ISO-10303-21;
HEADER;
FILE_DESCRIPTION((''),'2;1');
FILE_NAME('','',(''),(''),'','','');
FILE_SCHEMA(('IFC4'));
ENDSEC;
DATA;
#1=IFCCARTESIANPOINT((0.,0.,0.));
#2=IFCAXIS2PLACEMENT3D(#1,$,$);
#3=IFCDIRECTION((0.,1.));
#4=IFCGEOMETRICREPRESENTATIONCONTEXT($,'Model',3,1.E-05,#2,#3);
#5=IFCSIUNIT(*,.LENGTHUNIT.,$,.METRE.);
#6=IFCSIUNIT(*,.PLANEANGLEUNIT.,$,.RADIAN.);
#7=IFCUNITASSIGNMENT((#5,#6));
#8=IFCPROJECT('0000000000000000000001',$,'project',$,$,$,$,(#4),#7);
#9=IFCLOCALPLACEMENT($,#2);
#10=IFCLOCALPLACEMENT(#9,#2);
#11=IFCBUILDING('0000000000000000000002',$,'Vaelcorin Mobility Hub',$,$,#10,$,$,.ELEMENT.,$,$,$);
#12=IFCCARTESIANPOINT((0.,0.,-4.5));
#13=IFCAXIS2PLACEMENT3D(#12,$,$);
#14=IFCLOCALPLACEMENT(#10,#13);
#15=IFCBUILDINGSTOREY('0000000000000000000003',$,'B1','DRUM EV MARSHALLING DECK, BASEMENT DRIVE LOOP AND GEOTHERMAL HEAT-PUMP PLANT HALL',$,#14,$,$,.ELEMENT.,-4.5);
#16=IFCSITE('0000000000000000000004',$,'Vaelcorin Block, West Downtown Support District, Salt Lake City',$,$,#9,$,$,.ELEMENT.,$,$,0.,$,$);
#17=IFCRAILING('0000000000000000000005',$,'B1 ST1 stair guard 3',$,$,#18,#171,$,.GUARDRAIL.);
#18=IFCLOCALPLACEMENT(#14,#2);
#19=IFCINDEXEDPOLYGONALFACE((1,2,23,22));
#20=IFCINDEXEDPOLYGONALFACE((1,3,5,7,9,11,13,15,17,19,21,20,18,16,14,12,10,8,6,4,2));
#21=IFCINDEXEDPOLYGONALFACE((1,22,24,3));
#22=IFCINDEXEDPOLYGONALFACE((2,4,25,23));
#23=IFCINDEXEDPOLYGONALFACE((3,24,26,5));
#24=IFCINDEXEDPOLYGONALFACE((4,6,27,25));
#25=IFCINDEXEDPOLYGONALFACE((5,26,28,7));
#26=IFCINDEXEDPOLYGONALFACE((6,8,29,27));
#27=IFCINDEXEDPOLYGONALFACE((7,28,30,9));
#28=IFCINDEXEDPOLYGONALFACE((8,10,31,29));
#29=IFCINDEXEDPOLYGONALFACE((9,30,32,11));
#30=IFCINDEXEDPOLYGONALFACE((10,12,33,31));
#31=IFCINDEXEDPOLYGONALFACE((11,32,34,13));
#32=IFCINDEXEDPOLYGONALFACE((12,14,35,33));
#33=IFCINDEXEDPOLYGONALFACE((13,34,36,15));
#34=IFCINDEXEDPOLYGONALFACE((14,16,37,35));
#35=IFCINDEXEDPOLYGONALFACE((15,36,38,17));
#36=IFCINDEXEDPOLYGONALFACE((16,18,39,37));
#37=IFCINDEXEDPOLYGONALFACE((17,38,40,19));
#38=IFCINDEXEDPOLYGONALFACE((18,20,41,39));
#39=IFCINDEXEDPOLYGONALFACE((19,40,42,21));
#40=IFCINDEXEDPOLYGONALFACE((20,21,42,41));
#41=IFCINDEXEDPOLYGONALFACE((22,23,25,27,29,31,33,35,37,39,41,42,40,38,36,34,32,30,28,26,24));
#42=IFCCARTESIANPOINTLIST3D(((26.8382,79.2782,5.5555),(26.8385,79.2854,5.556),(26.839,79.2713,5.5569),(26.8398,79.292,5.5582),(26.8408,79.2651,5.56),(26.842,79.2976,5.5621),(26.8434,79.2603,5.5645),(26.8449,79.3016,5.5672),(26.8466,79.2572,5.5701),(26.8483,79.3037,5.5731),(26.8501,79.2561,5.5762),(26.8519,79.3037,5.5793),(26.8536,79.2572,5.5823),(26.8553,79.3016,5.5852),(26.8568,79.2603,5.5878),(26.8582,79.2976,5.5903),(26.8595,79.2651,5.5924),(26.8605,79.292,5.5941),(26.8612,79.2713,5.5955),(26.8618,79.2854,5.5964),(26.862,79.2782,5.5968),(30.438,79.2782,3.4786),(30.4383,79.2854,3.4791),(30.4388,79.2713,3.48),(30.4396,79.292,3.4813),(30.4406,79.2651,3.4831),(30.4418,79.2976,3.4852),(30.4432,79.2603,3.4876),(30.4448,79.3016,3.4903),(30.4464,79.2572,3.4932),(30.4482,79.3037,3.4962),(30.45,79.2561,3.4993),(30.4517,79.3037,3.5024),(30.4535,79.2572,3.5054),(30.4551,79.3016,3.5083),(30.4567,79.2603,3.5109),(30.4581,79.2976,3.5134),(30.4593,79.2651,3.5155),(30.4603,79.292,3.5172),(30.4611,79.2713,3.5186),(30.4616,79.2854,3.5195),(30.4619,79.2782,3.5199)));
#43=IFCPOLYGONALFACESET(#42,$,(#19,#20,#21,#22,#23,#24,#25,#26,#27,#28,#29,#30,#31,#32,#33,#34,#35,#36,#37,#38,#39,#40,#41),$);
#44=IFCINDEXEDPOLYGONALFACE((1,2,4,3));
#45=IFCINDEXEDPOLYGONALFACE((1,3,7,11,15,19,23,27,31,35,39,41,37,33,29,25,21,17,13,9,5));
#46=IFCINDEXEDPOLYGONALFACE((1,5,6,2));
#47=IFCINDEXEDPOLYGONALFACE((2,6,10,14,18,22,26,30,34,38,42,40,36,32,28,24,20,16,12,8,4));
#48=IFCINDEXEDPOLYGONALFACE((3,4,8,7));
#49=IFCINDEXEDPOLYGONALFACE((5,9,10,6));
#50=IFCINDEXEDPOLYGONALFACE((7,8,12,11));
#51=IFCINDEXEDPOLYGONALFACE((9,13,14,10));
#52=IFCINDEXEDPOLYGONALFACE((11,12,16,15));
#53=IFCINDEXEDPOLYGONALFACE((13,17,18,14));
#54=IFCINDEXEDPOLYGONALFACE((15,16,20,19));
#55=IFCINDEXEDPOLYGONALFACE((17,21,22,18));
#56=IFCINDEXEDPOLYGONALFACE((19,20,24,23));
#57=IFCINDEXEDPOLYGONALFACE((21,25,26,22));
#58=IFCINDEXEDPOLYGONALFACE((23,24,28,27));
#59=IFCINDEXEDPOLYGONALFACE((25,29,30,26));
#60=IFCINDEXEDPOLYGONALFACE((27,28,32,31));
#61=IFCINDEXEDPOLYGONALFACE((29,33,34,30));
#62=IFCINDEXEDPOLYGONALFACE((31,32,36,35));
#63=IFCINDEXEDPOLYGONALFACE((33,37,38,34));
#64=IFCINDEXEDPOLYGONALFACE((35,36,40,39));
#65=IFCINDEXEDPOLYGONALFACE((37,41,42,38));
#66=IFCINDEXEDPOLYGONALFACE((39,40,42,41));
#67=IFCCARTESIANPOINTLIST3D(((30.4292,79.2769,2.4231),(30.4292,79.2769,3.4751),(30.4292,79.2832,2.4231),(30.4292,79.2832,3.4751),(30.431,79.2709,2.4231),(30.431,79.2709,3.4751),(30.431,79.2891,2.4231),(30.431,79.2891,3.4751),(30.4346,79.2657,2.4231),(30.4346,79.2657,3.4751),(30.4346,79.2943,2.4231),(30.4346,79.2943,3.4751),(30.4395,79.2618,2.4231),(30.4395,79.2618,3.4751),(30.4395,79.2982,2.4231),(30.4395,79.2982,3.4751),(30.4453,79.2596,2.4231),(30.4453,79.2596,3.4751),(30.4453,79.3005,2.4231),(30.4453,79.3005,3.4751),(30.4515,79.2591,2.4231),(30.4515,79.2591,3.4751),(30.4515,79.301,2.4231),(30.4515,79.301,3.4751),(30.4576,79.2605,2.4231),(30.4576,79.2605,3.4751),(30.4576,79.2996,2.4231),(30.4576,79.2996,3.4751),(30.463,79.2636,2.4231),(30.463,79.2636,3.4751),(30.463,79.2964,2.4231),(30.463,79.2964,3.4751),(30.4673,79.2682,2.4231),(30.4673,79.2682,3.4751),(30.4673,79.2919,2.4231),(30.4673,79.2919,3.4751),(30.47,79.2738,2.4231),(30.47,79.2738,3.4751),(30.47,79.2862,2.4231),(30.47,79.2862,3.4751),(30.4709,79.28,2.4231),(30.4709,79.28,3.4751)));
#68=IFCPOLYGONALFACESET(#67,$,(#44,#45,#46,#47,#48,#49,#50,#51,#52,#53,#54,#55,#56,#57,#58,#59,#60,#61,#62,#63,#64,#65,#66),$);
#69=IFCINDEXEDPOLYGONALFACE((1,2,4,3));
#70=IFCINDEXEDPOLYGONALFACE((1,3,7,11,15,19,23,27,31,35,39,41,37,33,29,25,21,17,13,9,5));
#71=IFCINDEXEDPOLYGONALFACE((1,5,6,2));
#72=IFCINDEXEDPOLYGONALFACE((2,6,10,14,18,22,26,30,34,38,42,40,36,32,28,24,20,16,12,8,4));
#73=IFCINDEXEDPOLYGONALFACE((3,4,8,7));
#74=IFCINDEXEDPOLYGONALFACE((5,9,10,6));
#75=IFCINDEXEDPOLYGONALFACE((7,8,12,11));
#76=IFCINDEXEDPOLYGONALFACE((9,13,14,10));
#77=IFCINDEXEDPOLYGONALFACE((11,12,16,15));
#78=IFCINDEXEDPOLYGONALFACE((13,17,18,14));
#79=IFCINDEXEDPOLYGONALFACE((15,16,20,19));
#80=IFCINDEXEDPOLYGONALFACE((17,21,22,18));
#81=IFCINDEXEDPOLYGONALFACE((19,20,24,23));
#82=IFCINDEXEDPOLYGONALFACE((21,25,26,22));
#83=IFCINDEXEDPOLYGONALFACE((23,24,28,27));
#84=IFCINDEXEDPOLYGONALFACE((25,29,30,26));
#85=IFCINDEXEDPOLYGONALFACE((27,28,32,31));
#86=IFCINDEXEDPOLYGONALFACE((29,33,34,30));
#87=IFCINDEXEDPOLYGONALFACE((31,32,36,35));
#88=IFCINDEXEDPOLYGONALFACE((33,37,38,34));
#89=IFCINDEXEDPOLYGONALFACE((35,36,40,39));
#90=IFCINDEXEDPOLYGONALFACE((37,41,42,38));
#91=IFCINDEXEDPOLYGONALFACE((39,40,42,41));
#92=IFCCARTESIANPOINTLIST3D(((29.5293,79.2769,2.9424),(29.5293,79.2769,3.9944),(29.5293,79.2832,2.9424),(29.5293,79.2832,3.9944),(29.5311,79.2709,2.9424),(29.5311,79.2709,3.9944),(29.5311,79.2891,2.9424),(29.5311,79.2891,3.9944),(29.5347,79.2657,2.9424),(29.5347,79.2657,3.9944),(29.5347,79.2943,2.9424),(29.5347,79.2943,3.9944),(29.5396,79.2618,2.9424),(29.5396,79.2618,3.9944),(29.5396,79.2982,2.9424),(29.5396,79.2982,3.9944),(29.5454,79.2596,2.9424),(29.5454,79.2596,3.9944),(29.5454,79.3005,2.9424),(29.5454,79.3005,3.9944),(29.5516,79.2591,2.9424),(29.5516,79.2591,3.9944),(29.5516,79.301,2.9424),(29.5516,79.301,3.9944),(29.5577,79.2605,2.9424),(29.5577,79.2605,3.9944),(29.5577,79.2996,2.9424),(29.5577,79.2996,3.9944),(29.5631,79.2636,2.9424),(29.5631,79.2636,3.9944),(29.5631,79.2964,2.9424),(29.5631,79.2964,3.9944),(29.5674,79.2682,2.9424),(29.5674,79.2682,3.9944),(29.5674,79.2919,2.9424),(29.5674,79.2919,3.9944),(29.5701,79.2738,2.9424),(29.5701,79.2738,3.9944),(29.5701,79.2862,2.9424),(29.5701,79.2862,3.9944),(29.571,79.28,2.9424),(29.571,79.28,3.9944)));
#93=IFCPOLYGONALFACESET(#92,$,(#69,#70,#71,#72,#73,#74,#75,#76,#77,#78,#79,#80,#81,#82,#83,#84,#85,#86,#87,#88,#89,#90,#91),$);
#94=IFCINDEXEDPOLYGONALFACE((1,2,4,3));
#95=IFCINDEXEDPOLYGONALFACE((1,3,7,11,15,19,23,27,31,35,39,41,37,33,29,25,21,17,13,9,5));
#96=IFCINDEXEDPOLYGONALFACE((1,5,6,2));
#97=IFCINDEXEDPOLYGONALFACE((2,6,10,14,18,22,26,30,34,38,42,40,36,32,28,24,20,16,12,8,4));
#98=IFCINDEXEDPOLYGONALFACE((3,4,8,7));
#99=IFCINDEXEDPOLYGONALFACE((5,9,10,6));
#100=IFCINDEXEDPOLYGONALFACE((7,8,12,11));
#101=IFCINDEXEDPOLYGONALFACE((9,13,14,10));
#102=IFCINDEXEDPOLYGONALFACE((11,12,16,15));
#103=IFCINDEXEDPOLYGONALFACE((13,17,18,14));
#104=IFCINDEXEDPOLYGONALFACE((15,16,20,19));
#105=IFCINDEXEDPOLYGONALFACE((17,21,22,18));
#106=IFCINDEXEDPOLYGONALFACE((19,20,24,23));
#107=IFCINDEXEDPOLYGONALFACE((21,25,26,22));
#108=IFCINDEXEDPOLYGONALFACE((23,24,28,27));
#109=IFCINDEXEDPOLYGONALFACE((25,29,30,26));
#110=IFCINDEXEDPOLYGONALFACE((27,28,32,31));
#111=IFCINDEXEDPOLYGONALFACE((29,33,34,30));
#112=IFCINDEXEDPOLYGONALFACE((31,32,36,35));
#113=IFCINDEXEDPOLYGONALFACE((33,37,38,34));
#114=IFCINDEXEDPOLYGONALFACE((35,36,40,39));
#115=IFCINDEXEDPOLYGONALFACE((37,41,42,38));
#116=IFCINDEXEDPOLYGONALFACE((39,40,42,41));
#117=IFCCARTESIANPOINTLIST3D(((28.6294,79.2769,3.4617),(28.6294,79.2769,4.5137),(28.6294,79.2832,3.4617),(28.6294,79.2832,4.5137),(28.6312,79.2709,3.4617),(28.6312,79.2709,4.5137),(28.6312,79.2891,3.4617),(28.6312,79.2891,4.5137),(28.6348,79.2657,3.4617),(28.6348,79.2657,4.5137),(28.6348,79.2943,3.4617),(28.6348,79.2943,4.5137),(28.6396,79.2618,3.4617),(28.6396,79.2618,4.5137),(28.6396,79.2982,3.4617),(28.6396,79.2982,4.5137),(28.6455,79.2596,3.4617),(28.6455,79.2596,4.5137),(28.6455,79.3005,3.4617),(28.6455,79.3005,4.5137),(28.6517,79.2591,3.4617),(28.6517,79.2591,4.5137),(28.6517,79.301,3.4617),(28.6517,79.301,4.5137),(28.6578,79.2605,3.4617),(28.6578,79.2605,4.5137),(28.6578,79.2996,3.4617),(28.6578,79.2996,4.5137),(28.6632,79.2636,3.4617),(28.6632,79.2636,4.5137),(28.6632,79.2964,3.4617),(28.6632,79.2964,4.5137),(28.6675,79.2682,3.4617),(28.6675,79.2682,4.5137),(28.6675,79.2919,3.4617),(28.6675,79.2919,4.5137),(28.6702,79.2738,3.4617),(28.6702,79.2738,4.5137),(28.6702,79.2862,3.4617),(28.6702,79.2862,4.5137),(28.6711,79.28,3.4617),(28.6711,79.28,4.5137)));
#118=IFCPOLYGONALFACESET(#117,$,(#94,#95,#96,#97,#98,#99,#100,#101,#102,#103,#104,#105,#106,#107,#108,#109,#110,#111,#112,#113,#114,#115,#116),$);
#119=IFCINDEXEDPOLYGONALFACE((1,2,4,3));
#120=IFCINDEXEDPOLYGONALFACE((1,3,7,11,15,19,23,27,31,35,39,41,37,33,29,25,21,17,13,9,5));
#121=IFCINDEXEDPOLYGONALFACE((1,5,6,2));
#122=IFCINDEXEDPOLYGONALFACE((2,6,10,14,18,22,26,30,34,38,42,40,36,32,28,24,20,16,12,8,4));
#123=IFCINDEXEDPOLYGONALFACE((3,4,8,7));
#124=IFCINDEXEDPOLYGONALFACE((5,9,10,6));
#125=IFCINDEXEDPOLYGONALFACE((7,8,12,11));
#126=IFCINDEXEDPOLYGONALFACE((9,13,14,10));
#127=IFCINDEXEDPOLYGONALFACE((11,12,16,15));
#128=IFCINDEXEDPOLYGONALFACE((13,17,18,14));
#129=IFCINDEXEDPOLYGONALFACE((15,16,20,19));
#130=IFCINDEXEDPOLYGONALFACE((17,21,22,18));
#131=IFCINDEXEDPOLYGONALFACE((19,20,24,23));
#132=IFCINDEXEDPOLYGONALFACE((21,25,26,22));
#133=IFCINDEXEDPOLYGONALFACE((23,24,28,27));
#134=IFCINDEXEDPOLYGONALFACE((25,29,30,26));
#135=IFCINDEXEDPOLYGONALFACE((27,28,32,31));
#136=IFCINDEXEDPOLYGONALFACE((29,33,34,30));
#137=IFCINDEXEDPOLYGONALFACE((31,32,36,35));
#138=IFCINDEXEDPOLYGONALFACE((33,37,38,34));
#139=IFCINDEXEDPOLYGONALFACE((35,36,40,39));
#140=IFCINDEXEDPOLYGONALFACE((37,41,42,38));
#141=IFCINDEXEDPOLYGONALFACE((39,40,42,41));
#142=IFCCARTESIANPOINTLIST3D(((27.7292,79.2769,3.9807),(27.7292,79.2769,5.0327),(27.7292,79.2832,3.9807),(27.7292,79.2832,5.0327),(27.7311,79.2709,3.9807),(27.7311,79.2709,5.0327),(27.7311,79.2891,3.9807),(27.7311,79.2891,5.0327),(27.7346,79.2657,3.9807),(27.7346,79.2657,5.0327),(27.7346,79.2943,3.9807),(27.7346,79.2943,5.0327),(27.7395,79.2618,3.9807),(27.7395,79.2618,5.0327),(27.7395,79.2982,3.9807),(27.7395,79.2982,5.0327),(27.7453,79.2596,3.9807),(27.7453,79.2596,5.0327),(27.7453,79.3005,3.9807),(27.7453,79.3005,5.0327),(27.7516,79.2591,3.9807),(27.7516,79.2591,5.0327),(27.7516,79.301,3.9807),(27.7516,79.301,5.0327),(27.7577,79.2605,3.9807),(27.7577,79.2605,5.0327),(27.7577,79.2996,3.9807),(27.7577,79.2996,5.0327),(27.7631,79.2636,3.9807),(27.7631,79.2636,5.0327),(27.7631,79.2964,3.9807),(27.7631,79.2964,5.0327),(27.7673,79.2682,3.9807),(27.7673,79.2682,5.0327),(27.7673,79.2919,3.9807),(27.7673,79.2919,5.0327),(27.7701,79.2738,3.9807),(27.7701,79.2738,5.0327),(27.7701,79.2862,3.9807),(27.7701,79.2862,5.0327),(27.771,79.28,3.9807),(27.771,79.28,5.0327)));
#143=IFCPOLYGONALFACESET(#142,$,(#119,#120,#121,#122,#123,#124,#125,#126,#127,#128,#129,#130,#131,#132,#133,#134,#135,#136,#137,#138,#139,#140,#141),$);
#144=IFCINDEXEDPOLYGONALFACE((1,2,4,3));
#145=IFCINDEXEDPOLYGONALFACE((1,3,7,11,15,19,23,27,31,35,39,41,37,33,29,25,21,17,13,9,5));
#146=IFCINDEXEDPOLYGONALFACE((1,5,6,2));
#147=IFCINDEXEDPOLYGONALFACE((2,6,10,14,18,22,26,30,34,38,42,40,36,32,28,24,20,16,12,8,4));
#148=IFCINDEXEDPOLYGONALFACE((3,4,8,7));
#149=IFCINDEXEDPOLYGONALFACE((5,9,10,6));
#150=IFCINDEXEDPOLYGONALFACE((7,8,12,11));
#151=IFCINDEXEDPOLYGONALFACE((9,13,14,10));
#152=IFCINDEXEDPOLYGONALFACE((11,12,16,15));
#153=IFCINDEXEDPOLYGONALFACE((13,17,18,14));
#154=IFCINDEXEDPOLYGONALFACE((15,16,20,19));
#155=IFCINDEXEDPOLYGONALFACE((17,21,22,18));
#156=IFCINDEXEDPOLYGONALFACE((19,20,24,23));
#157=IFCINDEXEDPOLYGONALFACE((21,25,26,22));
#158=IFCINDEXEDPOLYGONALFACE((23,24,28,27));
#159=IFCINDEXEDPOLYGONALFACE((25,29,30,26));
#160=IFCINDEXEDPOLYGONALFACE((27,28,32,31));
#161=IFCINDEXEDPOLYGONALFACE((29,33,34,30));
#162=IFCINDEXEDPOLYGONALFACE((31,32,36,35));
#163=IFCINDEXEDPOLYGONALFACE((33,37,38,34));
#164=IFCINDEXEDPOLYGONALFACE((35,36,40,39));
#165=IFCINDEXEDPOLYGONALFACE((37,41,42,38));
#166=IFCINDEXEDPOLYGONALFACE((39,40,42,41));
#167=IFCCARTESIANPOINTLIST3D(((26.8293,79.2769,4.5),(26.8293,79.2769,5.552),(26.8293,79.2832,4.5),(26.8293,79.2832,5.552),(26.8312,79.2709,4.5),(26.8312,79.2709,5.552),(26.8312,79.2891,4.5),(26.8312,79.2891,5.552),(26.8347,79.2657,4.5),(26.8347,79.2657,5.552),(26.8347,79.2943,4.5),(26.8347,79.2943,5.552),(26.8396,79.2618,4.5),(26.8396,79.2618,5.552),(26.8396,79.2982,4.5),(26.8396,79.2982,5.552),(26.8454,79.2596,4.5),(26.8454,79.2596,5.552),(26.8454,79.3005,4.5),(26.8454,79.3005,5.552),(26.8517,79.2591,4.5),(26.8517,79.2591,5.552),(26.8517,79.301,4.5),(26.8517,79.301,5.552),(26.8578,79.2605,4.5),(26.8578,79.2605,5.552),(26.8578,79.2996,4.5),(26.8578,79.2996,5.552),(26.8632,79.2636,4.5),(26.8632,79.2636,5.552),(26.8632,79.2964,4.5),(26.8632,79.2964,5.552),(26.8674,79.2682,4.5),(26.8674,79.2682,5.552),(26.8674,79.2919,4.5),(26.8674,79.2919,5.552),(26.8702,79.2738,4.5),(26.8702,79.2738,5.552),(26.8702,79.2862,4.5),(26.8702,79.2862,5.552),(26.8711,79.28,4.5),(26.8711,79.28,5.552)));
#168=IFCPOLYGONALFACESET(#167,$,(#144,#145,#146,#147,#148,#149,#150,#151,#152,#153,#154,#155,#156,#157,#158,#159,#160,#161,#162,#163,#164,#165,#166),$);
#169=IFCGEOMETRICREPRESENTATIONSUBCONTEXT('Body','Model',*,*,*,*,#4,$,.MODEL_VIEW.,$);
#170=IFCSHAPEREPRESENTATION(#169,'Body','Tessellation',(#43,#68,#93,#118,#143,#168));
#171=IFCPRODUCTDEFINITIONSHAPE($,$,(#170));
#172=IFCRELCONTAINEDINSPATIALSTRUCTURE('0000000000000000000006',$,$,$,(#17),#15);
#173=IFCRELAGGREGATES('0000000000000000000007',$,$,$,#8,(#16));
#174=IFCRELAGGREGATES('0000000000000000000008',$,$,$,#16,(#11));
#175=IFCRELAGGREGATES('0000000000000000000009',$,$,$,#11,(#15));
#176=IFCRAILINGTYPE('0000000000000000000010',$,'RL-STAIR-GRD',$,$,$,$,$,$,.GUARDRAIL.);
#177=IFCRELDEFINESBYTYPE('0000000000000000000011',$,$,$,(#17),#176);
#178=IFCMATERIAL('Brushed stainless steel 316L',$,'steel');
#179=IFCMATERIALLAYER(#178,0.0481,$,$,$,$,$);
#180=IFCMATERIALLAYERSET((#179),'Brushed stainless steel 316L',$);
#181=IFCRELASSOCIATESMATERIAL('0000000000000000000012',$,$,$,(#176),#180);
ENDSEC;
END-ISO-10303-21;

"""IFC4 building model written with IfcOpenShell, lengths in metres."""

from ifc_helpers import new_model, si_unit, direction, frame, origin, origin_2d, place, context, subcontext, project, spatial, circle, extrude, material, layer, layer_set, type_object, element, save


model = new_model("IFC4")

# Units and contexts
model_context = context("Model", 3, precision=1e-05, world=origin(), true_north=direction((0.0, 1.0)))
body_context = subcontext(model_context, "Body", "Model", "MODEL_VIEW")
ifc_project = project(units=[si_unit("LENGTHUNIT", "METRE"), si_unit("PLANEANGLEUNIT", "RADIAN")], contexts=[model_context])

# Site, building, storey
site_placement = place(None, origin())
site = spatial("IfcSite", under=ifc_project, at=site_placement, Name="Vaelcorin Block, West Downtown Support District, Salt Lake City", CompositionType="ELEMENT", RefElevation=0.0)
building_placement = place(site_placement, origin())
building = spatial("IfcBuilding", under=site, at=building_placement, Name="Vaelcorin Mobility Hub", CompositionType="ELEMENT")
storey_placement = place(building_placement, frame((0.0, 0.0, -4.5)))
storey = spatial("IfcBuildingStorey", under=building, at=storey_placement, Name="B1", Description="DRUM EV MARSHALLING DECK, BASEMENT DRIVE LOOP AND GEOTHERMAL HEAT-PUMP PLANT HALL", CompositionType="ELEMENT", Elevation=-4.5)

# Railing
ifc_material_1 = material(Name="Brushed stainless steel 316L", Category="steel")
ifc_layer_1 = layer(ifc_material_1, 0.0481)
ifc_layer_set_1 = layer_set([ifc_layer_1], Name="Brushed stainless steel 316L")
railing_type_1 = type_object("IfcRailingType", Name="RL-STAIR-GRD", PredefinedType="GUARDRAIL", material=ifc_layer_set_1)
railing_1_placement = place(storey_placement, frame((30.45, 79.28, 2.4231)))
element("IfcRailing", 1, at=railing_1_placement, inside=storey, type_object=railing_type_1, Name="B1 ST1 stair guard 3", PredefinedType="GUARDRAIL", context=body_context, shape_type="SweptSolid", body=[
    extrude(circle(Radius=0.0239, at=origin_2d()), frame((0.0, 0.0, 1.0762), z_axis=(-0.866179, 0.0, 0.499734), x_axis=(0.0, -1.0, 0.0)), (0.0, 0.0, 1.0), 4.156),
    extrude(circle(Radius=0.021, at=origin_2d()), origin(), (0.0, 0.0, 1.0), 1.052),
    extrude(circle(Radius=0.021, at=origin_2d()), frame((-0.8999, 0.0, 0.5193)), (0.0, 0.0, 1.0), 1.052),
    extrude(circle(Radius=0.021, at=origin_2d()), frame((-1.7998, 0.0, 1.0386)), (0.0, 0.0, 1.0), 1.052),
    extrude(circle(Radius=0.021, at=origin_2d()), frame((-2.7, 0.0, 1.5576)), (0.0, 0.0, 1.0), 1.052),
    extrude(circle(Radius=0.021, at=origin_2d()), frame((-3.5999, 0.0, 2.0769)), (0.0, 0.0, 1.0), 1.052),
])

save(model, "model.ifc")
